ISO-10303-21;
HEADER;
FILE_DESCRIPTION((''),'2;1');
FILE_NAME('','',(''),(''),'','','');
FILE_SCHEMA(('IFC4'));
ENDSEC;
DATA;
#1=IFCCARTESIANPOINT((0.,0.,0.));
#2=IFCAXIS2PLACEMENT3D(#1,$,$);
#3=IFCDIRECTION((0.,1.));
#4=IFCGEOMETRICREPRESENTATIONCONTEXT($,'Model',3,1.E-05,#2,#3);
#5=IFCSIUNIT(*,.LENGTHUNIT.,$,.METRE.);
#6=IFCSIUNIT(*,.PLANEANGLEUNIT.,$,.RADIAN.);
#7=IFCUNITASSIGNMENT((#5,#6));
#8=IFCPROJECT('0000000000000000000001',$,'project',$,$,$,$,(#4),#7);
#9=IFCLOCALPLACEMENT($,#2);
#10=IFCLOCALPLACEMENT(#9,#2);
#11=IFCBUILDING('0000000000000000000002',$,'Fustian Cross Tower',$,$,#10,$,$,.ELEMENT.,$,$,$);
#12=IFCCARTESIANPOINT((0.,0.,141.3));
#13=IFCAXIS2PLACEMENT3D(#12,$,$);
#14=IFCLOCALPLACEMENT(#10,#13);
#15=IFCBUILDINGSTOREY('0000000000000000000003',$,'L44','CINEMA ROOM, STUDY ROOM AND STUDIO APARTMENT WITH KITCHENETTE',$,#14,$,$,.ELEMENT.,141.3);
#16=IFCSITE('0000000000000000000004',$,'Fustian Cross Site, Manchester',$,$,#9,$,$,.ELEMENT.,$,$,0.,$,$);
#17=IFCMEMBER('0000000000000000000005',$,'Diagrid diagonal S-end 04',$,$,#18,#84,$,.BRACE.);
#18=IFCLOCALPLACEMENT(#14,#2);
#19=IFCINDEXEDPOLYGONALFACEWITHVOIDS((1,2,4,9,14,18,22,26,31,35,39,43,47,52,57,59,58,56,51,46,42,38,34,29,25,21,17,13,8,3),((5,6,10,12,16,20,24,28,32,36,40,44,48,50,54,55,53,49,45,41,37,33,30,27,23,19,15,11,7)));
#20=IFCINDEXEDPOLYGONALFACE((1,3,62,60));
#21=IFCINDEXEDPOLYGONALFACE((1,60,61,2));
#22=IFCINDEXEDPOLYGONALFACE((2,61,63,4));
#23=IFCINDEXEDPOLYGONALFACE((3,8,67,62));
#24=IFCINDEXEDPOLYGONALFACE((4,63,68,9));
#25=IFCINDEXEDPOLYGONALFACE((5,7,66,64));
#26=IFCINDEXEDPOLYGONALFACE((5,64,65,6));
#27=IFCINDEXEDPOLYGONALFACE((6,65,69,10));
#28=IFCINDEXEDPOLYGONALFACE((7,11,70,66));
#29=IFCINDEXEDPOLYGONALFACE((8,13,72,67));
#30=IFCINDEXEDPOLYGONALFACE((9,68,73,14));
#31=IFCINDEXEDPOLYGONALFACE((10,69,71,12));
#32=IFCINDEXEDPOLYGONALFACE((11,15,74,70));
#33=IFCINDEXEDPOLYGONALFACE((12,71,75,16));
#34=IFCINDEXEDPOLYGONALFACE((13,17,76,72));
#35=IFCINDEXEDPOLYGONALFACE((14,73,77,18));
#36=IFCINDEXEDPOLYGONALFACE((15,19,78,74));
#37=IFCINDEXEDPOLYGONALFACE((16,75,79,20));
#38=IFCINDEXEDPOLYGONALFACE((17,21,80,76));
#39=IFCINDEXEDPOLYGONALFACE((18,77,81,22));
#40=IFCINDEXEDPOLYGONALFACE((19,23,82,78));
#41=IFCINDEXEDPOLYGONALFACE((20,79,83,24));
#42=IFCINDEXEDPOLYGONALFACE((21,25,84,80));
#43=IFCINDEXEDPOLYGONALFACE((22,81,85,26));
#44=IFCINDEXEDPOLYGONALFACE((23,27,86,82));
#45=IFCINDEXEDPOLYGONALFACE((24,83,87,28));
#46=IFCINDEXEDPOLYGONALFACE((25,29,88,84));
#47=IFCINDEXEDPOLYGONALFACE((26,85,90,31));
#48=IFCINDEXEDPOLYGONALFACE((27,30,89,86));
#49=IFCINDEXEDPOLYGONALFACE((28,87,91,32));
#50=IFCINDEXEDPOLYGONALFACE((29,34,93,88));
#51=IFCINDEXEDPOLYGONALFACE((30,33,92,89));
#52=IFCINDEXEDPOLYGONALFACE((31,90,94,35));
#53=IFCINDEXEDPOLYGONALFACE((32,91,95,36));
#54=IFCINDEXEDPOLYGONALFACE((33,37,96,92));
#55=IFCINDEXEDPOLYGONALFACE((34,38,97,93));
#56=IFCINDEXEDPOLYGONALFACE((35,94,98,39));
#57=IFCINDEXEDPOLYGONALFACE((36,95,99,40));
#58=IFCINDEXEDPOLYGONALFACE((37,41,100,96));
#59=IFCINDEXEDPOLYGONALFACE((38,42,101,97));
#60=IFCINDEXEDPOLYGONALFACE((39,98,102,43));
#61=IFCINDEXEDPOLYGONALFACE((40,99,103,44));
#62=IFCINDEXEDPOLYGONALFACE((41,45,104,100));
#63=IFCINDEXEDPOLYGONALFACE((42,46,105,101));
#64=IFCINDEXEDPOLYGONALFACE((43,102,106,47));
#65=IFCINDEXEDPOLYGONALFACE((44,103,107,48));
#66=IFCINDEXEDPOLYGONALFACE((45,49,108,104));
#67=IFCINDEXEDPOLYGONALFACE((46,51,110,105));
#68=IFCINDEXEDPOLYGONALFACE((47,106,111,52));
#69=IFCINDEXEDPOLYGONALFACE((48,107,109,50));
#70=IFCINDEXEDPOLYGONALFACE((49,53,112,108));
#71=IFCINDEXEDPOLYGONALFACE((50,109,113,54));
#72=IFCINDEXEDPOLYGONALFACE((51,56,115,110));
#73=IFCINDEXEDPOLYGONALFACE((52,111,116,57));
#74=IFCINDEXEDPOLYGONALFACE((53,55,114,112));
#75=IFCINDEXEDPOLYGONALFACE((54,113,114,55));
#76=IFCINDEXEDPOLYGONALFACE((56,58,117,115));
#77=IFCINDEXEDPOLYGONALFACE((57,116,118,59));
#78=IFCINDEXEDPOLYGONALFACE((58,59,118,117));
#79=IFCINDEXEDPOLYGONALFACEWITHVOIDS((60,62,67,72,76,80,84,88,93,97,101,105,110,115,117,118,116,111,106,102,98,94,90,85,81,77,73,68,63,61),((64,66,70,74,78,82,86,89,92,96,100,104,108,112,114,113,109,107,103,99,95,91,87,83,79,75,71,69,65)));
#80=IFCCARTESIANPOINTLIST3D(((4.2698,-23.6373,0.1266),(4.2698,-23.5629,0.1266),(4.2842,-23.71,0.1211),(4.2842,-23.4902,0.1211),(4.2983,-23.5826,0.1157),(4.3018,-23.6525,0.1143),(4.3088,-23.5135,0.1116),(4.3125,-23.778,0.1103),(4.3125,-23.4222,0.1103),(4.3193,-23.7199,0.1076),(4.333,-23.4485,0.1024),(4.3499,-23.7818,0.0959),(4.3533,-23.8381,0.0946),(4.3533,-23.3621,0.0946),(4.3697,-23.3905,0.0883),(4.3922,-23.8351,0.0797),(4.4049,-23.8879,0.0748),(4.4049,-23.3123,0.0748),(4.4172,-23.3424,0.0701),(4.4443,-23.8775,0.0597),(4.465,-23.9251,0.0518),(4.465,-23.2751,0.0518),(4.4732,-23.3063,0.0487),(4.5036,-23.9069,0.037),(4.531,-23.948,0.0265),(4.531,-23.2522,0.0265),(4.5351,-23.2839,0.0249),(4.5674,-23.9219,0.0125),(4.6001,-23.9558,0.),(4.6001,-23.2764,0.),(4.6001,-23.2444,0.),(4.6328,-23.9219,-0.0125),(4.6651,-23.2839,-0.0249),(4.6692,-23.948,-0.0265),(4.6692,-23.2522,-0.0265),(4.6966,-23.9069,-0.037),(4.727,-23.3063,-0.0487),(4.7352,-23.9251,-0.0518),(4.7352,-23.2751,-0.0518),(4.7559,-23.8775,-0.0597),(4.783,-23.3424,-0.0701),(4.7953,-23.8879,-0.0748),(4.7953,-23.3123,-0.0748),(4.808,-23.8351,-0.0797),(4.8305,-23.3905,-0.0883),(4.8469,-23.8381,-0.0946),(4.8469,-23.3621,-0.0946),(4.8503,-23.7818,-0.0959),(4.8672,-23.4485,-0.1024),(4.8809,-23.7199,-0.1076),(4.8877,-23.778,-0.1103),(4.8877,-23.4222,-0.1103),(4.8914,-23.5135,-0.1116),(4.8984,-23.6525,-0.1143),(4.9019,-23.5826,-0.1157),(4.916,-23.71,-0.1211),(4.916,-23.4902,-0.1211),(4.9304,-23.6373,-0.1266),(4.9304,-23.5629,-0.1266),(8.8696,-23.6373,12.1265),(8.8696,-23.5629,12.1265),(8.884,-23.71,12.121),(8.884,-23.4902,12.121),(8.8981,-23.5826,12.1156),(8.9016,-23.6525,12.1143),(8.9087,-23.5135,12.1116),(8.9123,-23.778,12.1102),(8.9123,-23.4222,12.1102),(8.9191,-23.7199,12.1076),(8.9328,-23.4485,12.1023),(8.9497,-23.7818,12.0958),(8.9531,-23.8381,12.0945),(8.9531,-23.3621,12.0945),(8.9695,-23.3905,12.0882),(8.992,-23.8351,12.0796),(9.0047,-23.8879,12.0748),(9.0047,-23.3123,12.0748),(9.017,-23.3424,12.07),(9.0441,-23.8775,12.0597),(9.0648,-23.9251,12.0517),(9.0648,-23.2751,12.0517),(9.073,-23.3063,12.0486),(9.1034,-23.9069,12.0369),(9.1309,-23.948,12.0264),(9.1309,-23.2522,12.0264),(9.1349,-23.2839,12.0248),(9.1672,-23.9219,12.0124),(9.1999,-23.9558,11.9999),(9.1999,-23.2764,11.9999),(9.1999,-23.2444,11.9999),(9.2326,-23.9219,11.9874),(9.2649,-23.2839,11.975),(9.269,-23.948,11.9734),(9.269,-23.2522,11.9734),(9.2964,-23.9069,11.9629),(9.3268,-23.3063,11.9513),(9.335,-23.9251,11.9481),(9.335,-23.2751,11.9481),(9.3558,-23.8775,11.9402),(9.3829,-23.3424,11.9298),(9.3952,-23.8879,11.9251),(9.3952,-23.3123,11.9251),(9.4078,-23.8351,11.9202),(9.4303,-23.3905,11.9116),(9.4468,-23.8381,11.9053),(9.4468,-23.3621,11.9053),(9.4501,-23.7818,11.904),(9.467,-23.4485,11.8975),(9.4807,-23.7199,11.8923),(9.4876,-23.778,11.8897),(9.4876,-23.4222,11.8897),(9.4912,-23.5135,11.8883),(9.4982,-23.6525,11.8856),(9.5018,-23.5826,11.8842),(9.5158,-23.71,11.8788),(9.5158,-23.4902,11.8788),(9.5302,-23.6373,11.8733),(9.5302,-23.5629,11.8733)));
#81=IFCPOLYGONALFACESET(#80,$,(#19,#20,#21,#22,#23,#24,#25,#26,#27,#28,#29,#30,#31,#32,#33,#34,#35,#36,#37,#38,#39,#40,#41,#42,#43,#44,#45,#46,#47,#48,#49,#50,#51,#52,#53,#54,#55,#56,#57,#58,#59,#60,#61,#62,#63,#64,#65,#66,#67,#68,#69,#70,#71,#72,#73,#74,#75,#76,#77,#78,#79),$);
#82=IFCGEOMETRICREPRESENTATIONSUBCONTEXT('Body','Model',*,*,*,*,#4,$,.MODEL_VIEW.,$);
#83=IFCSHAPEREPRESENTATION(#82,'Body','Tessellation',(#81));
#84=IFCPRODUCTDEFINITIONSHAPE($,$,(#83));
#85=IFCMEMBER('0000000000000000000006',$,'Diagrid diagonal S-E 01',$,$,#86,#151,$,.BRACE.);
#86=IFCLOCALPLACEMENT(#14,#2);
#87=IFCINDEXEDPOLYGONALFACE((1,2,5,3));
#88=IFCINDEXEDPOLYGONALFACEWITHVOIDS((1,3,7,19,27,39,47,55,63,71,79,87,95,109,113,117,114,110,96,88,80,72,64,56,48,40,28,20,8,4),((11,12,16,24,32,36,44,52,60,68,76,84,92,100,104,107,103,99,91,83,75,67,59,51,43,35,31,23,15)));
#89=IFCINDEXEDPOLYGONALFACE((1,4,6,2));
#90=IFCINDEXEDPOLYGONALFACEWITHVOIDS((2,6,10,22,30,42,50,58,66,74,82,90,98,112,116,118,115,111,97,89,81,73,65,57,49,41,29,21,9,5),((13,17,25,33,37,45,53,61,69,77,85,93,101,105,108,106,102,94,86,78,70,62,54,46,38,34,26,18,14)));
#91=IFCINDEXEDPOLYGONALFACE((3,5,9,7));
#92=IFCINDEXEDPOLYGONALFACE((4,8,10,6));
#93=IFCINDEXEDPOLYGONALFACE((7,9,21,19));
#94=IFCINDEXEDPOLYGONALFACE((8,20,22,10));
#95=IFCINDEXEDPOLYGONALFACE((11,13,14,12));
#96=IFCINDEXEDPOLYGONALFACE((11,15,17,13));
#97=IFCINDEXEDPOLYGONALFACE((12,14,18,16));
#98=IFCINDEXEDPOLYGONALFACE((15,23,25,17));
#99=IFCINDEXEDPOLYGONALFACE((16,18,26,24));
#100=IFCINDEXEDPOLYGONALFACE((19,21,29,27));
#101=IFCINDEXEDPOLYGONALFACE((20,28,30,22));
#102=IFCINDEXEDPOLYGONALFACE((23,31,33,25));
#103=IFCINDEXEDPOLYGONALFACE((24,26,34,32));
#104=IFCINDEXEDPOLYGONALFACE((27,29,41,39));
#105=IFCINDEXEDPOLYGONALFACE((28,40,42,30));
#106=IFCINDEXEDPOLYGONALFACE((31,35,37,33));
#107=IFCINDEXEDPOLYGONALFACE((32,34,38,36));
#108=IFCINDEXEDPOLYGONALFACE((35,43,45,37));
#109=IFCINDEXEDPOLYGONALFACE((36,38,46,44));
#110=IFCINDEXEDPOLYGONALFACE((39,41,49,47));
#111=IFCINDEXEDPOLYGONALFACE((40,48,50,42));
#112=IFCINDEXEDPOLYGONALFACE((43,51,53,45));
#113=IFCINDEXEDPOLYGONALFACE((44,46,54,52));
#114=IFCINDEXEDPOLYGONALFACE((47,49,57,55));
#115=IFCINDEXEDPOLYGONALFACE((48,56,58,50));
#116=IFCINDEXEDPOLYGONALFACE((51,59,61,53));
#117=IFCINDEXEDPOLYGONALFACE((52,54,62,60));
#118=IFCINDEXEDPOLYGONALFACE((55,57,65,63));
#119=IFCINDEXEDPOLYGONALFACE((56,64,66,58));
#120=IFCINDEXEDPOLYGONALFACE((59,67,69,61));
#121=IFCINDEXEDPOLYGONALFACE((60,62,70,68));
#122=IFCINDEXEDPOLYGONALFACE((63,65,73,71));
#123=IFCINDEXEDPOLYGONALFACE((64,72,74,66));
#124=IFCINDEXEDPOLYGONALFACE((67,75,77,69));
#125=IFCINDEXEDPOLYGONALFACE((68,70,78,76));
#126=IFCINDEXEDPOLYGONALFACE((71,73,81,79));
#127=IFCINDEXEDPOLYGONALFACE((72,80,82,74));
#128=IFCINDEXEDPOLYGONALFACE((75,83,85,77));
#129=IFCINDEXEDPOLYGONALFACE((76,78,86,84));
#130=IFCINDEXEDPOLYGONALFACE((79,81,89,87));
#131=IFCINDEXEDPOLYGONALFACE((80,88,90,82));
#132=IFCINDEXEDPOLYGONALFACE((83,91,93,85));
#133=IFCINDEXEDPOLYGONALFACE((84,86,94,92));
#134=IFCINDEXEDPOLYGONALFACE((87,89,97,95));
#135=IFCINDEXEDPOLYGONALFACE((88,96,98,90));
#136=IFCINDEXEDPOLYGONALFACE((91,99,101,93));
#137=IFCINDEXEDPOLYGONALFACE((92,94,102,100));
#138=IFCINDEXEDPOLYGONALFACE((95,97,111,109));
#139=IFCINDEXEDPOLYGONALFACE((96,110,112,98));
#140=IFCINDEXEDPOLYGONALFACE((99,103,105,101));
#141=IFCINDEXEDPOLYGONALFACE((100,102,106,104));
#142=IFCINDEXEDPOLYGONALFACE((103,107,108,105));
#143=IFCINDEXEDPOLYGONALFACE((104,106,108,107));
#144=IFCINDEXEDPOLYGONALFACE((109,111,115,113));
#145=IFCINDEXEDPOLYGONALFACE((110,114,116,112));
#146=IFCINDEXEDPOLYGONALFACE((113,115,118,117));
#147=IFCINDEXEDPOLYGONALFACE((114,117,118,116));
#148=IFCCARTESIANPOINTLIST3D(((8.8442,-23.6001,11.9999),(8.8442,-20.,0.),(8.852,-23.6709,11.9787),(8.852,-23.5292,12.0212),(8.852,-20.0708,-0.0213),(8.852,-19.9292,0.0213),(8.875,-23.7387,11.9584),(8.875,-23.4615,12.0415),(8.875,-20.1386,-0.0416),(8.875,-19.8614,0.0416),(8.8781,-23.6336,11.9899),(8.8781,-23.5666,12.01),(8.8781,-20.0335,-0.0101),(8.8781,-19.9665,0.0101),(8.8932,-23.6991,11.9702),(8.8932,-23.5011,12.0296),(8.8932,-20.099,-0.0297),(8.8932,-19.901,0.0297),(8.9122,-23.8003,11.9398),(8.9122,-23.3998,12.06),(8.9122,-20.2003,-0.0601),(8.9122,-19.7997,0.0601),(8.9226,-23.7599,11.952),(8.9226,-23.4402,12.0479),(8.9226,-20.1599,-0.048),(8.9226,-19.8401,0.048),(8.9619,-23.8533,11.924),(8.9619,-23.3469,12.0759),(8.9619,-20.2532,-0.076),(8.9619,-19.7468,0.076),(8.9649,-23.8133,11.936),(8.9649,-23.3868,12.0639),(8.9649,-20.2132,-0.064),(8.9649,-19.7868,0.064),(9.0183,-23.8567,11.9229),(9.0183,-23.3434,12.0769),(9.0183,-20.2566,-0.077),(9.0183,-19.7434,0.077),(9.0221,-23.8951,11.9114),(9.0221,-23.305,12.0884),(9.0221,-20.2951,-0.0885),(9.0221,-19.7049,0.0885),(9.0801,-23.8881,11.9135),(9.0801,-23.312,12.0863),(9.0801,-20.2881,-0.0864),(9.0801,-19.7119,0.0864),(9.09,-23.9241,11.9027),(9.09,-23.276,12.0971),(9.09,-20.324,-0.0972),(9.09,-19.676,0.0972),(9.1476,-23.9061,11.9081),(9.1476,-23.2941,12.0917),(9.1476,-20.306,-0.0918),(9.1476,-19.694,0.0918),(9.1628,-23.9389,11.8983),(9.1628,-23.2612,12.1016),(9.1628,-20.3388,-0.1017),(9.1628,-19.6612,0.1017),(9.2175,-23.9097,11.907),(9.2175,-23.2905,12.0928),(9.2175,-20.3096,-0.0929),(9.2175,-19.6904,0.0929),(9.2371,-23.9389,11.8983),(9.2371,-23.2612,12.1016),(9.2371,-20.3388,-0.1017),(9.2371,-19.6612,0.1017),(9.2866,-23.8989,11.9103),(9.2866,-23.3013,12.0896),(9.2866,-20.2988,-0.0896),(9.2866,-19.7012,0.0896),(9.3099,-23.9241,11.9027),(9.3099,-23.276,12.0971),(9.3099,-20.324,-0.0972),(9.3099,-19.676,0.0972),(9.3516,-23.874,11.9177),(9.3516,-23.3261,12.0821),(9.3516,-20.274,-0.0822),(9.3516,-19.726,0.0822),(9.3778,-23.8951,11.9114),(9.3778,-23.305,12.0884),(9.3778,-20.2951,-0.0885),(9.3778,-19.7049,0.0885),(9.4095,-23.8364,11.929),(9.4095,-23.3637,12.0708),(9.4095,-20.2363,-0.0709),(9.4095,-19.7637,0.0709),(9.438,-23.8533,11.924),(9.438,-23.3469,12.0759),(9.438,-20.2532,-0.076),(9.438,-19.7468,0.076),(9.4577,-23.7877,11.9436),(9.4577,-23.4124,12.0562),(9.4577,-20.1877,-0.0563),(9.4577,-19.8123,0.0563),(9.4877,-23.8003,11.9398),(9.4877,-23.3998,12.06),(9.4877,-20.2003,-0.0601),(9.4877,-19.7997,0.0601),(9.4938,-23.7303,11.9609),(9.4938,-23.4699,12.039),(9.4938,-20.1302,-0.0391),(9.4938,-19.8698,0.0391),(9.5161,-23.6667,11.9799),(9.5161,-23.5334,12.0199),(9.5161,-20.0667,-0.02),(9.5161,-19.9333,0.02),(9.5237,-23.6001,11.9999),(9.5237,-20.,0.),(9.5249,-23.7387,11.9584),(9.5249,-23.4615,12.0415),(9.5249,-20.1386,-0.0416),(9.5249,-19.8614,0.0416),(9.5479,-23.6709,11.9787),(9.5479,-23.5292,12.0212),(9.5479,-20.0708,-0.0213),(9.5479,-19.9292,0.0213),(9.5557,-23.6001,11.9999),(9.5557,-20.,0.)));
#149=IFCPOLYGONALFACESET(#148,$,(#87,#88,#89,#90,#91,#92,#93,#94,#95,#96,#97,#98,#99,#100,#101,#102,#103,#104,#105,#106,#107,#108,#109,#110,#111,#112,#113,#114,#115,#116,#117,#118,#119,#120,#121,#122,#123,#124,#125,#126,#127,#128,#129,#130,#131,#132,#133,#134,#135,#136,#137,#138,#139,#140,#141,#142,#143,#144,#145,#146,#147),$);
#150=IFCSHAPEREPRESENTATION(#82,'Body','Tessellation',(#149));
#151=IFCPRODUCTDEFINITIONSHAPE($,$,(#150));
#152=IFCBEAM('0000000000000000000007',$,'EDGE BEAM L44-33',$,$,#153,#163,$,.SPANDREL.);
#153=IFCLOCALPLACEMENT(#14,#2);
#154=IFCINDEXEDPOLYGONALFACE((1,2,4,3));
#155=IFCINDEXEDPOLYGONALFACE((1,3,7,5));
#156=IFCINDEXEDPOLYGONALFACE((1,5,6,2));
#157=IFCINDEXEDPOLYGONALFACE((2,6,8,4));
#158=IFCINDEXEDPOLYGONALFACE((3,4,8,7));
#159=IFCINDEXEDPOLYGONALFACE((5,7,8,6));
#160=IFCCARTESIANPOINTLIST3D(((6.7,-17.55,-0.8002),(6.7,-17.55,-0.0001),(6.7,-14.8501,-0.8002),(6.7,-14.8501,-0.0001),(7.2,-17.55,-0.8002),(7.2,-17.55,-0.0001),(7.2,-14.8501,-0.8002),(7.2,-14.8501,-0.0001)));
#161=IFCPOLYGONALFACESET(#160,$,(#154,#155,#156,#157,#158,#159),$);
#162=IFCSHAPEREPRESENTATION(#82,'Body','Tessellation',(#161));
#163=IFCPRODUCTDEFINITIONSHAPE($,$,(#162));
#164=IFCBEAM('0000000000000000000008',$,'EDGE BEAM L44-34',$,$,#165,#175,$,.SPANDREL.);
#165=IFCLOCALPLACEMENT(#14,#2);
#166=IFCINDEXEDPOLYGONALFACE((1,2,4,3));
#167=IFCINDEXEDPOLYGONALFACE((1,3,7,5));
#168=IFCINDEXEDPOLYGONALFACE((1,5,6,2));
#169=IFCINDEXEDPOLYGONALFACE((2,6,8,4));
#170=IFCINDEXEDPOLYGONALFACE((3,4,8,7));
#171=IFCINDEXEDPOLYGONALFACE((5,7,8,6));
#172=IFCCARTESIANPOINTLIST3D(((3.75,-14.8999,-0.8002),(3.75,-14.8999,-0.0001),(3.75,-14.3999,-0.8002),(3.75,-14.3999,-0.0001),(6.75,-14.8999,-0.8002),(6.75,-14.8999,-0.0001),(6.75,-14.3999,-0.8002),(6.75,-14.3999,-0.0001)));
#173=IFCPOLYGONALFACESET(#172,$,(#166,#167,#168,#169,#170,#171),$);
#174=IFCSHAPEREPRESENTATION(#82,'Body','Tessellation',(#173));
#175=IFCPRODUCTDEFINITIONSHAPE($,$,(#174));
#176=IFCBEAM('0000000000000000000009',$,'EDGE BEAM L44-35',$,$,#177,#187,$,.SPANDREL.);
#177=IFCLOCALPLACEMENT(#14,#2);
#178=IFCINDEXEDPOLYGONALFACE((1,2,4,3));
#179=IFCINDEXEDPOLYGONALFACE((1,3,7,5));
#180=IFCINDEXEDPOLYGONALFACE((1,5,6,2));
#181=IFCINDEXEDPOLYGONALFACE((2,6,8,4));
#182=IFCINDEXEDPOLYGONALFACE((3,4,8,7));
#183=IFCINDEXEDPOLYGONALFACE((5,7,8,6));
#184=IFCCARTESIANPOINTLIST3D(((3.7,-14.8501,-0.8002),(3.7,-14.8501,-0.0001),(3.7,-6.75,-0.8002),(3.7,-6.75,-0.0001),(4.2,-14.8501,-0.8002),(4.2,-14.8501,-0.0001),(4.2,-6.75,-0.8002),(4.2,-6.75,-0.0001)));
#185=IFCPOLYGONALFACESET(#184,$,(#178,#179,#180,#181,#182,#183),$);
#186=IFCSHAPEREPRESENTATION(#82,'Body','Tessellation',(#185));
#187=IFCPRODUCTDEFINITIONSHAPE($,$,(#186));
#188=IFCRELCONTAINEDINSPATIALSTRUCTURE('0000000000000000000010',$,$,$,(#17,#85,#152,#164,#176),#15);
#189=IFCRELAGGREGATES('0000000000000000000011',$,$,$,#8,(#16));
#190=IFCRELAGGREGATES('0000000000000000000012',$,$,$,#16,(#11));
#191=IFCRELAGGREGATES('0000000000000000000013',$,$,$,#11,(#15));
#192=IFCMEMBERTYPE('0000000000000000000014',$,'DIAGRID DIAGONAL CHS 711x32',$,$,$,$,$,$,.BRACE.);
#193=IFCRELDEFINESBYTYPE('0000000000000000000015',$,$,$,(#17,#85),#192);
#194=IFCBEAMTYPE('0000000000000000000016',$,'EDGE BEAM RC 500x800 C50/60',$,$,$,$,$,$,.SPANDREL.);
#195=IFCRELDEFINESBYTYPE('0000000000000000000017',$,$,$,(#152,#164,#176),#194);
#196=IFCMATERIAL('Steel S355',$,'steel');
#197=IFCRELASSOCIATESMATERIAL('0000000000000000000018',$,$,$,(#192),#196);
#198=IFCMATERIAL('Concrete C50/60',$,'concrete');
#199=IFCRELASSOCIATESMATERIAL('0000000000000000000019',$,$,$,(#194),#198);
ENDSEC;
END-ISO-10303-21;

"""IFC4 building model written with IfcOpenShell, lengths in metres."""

from ifc_helpers import new_model, si_unit, direction, frame, origin, origin_2d, place, context, subcontext, project, spatial, rectangle, hollow_circle, extrude, material, material_profile, profile_set, type_object, element, save


model = new_model("IFC4")

# Units and contexts
model_context = context("Model", 3, precision=1e-05, world=origin(), true_north=direction((0.0, 1.0)))
body_context = subcontext(model_context, "Body", "Model", "MODEL_VIEW")
ifc_project = project(units=[si_unit("LENGTHUNIT", "METRE"), si_unit("PLANEANGLEUNIT", "RADIAN")], contexts=[model_context])

# Site, building, storey
site_placement = place(None, origin())
site = spatial("IfcSite", under=ifc_project, at=site_placement, Name="Fustian Cross Site, Manchester", CompositionType="ELEMENT", RefElevation=0.0)
building_placement = place(site_placement, origin())
building = spatial("IfcBuilding", under=site, at=building_placement, Name="Fustian Cross Tower", CompositionType="ELEMENT")
storey_placement = place(building_placement, frame((0.0, 0.0, 141.3)))
storey = spatial("IfcBuildingStorey", under=building, at=storey_placement, Name="L44", Description="CINEMA ROOM, STUDY ROOM AND STUDIO APARTMENT WITH KITCHENETTE", CompositionType="ELEMENT", Elevation=141.3)

# Members
ifc_material_1 = material(Name="Steel S355", Category="steel")
ifc_material_profile_1 = material_profile(ifc_material_1, hollow_circle(Radius=0.3557, WallThickness=0.032, at=origin_2d()), Name="CHS 711x32")
ifc_profile_set_1 = profile_set([ifc_material_profile_1], Name="Steel S355")
member_type_1 = type_object("IfcMemberType", Name="DIAGRID DIAGONAL CHS 711x32", PredefinedType="BRACE", material=ifc_profile_set_1)
member_1_placement = place(storey_placement, frame((4.6001, -23.6001, 0.0), z_axis=(0.357926, 0.0, 0.93375), x_axis=(0.0, 1.0, 0.0)))
element("IfcMember", 1, at=member_1_placement, inside=storey, type_object=member_type_1, Name="Diagrid diagonal S-end 04", PredefinedType="BRACE", context=body_context, shape_type="SweptSolid", body=[
    extrude(hollow_circle(Radius=0.3557, WallThickness=0.032, at=origin_2d()), origin(), (0.0, 0.0, 1.0), 12.8513),
])
member_2_placement = place(storey_placement, frame((9.2, -20.0, 0.0), z_axis=(0.0, -0.287355, 0.957824), x_axis=(1.0, 0.0, 0.0)))
element("IfcMember", 2, at=member_2_placement, inside=storey, type_object=member_type_1, Name="Diagrid diagonal S-E 01", PredefinedType="BRACE", context=body_context, shape_type="SweptSolid", body=[
    extrude(hollow_circle(Radius=0.3557, WallThickness=0.032, at=origin_2d()), origin(), (0.0, 0.0, 1.0), 12.5283),
])

# Beams
ifc_material_2 = material(Name="Concrete C50/60", Category="concrete")
ifc_material_profile_2 = material_profile(ifc_material_2, rectangle(XDim=0.5, YDim=0.8, at=origin_2d()), Name="RC 500x800")
ifc_profile_set_2 = profile_set([ifc_material_profile_2], Name="Concrete C50/60")
beam_type = type_object("IfcBeamType", Name="EDGE BEAM RC 500x800 C50/60", PredefinedType="SPANDREL", material=ifc_profile_set_2)
beam_1_placement = place(storey_placement, frame((6.95, -17.55, -0.4001), z_axis=(0.0, 1.0, 0.0), x_axis=(-1.0, 0.0, 0.0)))
element("IfcBeam", 3, at=beam_1_placement, inside=storey, type_object=beam_type, Name="EDGE BEAM L44-33", PredefinedType="SPANDREL", context=body_context, shape_type="SweptSolid", body=[
    extrude(rectangle(XDim=0.5, YDim=0.8, at=origin_2d()), origin(), (0.0, 0.0, 1.0), 2.7),
])
beam_2_placement = place(storey_placement, frame((6.75, -14.6499, -0.4001), z_axis=(-1.0, 0.0, 0.0), x_axis=(0.0, -1.0, 0.0)))
element("IfcBeam", 4, at=beam_2_placement, inside=storey, type_object=beam_type, Name="EDGE BEAM L44-34", PredefinedType="SPANDREL", context=body_context, shape_type="SweptSolid", body=[
    extrude(rectangle(XDim=0.5, YDim=0.8, at=origin_2d()), origin(), (0.0, 0.0, 1.0), 3.0),
])
beam_3_placement = place(storey_placement, frame((3.95, -14.8501, -0.4001), z_axis=(0.0, 1.0, 0.0), x_axis=(-1.0, 0.0, 0.0)))
element("IfcBeam", 5, at=beam_3_placement, inside=storey, type_object=beam_type, Name="EDGE BEAM L44-35", PredefinedType="SPANDREL", context=body_context, shape_type="SweptSolid", body=[
    extrude(rectangle(XDim=0.5, YDim=0.8, at=origin_2d()), origin(), (0.0, 0.0, 1.0), 8.1001),
])

save(model, "model.ifc")
